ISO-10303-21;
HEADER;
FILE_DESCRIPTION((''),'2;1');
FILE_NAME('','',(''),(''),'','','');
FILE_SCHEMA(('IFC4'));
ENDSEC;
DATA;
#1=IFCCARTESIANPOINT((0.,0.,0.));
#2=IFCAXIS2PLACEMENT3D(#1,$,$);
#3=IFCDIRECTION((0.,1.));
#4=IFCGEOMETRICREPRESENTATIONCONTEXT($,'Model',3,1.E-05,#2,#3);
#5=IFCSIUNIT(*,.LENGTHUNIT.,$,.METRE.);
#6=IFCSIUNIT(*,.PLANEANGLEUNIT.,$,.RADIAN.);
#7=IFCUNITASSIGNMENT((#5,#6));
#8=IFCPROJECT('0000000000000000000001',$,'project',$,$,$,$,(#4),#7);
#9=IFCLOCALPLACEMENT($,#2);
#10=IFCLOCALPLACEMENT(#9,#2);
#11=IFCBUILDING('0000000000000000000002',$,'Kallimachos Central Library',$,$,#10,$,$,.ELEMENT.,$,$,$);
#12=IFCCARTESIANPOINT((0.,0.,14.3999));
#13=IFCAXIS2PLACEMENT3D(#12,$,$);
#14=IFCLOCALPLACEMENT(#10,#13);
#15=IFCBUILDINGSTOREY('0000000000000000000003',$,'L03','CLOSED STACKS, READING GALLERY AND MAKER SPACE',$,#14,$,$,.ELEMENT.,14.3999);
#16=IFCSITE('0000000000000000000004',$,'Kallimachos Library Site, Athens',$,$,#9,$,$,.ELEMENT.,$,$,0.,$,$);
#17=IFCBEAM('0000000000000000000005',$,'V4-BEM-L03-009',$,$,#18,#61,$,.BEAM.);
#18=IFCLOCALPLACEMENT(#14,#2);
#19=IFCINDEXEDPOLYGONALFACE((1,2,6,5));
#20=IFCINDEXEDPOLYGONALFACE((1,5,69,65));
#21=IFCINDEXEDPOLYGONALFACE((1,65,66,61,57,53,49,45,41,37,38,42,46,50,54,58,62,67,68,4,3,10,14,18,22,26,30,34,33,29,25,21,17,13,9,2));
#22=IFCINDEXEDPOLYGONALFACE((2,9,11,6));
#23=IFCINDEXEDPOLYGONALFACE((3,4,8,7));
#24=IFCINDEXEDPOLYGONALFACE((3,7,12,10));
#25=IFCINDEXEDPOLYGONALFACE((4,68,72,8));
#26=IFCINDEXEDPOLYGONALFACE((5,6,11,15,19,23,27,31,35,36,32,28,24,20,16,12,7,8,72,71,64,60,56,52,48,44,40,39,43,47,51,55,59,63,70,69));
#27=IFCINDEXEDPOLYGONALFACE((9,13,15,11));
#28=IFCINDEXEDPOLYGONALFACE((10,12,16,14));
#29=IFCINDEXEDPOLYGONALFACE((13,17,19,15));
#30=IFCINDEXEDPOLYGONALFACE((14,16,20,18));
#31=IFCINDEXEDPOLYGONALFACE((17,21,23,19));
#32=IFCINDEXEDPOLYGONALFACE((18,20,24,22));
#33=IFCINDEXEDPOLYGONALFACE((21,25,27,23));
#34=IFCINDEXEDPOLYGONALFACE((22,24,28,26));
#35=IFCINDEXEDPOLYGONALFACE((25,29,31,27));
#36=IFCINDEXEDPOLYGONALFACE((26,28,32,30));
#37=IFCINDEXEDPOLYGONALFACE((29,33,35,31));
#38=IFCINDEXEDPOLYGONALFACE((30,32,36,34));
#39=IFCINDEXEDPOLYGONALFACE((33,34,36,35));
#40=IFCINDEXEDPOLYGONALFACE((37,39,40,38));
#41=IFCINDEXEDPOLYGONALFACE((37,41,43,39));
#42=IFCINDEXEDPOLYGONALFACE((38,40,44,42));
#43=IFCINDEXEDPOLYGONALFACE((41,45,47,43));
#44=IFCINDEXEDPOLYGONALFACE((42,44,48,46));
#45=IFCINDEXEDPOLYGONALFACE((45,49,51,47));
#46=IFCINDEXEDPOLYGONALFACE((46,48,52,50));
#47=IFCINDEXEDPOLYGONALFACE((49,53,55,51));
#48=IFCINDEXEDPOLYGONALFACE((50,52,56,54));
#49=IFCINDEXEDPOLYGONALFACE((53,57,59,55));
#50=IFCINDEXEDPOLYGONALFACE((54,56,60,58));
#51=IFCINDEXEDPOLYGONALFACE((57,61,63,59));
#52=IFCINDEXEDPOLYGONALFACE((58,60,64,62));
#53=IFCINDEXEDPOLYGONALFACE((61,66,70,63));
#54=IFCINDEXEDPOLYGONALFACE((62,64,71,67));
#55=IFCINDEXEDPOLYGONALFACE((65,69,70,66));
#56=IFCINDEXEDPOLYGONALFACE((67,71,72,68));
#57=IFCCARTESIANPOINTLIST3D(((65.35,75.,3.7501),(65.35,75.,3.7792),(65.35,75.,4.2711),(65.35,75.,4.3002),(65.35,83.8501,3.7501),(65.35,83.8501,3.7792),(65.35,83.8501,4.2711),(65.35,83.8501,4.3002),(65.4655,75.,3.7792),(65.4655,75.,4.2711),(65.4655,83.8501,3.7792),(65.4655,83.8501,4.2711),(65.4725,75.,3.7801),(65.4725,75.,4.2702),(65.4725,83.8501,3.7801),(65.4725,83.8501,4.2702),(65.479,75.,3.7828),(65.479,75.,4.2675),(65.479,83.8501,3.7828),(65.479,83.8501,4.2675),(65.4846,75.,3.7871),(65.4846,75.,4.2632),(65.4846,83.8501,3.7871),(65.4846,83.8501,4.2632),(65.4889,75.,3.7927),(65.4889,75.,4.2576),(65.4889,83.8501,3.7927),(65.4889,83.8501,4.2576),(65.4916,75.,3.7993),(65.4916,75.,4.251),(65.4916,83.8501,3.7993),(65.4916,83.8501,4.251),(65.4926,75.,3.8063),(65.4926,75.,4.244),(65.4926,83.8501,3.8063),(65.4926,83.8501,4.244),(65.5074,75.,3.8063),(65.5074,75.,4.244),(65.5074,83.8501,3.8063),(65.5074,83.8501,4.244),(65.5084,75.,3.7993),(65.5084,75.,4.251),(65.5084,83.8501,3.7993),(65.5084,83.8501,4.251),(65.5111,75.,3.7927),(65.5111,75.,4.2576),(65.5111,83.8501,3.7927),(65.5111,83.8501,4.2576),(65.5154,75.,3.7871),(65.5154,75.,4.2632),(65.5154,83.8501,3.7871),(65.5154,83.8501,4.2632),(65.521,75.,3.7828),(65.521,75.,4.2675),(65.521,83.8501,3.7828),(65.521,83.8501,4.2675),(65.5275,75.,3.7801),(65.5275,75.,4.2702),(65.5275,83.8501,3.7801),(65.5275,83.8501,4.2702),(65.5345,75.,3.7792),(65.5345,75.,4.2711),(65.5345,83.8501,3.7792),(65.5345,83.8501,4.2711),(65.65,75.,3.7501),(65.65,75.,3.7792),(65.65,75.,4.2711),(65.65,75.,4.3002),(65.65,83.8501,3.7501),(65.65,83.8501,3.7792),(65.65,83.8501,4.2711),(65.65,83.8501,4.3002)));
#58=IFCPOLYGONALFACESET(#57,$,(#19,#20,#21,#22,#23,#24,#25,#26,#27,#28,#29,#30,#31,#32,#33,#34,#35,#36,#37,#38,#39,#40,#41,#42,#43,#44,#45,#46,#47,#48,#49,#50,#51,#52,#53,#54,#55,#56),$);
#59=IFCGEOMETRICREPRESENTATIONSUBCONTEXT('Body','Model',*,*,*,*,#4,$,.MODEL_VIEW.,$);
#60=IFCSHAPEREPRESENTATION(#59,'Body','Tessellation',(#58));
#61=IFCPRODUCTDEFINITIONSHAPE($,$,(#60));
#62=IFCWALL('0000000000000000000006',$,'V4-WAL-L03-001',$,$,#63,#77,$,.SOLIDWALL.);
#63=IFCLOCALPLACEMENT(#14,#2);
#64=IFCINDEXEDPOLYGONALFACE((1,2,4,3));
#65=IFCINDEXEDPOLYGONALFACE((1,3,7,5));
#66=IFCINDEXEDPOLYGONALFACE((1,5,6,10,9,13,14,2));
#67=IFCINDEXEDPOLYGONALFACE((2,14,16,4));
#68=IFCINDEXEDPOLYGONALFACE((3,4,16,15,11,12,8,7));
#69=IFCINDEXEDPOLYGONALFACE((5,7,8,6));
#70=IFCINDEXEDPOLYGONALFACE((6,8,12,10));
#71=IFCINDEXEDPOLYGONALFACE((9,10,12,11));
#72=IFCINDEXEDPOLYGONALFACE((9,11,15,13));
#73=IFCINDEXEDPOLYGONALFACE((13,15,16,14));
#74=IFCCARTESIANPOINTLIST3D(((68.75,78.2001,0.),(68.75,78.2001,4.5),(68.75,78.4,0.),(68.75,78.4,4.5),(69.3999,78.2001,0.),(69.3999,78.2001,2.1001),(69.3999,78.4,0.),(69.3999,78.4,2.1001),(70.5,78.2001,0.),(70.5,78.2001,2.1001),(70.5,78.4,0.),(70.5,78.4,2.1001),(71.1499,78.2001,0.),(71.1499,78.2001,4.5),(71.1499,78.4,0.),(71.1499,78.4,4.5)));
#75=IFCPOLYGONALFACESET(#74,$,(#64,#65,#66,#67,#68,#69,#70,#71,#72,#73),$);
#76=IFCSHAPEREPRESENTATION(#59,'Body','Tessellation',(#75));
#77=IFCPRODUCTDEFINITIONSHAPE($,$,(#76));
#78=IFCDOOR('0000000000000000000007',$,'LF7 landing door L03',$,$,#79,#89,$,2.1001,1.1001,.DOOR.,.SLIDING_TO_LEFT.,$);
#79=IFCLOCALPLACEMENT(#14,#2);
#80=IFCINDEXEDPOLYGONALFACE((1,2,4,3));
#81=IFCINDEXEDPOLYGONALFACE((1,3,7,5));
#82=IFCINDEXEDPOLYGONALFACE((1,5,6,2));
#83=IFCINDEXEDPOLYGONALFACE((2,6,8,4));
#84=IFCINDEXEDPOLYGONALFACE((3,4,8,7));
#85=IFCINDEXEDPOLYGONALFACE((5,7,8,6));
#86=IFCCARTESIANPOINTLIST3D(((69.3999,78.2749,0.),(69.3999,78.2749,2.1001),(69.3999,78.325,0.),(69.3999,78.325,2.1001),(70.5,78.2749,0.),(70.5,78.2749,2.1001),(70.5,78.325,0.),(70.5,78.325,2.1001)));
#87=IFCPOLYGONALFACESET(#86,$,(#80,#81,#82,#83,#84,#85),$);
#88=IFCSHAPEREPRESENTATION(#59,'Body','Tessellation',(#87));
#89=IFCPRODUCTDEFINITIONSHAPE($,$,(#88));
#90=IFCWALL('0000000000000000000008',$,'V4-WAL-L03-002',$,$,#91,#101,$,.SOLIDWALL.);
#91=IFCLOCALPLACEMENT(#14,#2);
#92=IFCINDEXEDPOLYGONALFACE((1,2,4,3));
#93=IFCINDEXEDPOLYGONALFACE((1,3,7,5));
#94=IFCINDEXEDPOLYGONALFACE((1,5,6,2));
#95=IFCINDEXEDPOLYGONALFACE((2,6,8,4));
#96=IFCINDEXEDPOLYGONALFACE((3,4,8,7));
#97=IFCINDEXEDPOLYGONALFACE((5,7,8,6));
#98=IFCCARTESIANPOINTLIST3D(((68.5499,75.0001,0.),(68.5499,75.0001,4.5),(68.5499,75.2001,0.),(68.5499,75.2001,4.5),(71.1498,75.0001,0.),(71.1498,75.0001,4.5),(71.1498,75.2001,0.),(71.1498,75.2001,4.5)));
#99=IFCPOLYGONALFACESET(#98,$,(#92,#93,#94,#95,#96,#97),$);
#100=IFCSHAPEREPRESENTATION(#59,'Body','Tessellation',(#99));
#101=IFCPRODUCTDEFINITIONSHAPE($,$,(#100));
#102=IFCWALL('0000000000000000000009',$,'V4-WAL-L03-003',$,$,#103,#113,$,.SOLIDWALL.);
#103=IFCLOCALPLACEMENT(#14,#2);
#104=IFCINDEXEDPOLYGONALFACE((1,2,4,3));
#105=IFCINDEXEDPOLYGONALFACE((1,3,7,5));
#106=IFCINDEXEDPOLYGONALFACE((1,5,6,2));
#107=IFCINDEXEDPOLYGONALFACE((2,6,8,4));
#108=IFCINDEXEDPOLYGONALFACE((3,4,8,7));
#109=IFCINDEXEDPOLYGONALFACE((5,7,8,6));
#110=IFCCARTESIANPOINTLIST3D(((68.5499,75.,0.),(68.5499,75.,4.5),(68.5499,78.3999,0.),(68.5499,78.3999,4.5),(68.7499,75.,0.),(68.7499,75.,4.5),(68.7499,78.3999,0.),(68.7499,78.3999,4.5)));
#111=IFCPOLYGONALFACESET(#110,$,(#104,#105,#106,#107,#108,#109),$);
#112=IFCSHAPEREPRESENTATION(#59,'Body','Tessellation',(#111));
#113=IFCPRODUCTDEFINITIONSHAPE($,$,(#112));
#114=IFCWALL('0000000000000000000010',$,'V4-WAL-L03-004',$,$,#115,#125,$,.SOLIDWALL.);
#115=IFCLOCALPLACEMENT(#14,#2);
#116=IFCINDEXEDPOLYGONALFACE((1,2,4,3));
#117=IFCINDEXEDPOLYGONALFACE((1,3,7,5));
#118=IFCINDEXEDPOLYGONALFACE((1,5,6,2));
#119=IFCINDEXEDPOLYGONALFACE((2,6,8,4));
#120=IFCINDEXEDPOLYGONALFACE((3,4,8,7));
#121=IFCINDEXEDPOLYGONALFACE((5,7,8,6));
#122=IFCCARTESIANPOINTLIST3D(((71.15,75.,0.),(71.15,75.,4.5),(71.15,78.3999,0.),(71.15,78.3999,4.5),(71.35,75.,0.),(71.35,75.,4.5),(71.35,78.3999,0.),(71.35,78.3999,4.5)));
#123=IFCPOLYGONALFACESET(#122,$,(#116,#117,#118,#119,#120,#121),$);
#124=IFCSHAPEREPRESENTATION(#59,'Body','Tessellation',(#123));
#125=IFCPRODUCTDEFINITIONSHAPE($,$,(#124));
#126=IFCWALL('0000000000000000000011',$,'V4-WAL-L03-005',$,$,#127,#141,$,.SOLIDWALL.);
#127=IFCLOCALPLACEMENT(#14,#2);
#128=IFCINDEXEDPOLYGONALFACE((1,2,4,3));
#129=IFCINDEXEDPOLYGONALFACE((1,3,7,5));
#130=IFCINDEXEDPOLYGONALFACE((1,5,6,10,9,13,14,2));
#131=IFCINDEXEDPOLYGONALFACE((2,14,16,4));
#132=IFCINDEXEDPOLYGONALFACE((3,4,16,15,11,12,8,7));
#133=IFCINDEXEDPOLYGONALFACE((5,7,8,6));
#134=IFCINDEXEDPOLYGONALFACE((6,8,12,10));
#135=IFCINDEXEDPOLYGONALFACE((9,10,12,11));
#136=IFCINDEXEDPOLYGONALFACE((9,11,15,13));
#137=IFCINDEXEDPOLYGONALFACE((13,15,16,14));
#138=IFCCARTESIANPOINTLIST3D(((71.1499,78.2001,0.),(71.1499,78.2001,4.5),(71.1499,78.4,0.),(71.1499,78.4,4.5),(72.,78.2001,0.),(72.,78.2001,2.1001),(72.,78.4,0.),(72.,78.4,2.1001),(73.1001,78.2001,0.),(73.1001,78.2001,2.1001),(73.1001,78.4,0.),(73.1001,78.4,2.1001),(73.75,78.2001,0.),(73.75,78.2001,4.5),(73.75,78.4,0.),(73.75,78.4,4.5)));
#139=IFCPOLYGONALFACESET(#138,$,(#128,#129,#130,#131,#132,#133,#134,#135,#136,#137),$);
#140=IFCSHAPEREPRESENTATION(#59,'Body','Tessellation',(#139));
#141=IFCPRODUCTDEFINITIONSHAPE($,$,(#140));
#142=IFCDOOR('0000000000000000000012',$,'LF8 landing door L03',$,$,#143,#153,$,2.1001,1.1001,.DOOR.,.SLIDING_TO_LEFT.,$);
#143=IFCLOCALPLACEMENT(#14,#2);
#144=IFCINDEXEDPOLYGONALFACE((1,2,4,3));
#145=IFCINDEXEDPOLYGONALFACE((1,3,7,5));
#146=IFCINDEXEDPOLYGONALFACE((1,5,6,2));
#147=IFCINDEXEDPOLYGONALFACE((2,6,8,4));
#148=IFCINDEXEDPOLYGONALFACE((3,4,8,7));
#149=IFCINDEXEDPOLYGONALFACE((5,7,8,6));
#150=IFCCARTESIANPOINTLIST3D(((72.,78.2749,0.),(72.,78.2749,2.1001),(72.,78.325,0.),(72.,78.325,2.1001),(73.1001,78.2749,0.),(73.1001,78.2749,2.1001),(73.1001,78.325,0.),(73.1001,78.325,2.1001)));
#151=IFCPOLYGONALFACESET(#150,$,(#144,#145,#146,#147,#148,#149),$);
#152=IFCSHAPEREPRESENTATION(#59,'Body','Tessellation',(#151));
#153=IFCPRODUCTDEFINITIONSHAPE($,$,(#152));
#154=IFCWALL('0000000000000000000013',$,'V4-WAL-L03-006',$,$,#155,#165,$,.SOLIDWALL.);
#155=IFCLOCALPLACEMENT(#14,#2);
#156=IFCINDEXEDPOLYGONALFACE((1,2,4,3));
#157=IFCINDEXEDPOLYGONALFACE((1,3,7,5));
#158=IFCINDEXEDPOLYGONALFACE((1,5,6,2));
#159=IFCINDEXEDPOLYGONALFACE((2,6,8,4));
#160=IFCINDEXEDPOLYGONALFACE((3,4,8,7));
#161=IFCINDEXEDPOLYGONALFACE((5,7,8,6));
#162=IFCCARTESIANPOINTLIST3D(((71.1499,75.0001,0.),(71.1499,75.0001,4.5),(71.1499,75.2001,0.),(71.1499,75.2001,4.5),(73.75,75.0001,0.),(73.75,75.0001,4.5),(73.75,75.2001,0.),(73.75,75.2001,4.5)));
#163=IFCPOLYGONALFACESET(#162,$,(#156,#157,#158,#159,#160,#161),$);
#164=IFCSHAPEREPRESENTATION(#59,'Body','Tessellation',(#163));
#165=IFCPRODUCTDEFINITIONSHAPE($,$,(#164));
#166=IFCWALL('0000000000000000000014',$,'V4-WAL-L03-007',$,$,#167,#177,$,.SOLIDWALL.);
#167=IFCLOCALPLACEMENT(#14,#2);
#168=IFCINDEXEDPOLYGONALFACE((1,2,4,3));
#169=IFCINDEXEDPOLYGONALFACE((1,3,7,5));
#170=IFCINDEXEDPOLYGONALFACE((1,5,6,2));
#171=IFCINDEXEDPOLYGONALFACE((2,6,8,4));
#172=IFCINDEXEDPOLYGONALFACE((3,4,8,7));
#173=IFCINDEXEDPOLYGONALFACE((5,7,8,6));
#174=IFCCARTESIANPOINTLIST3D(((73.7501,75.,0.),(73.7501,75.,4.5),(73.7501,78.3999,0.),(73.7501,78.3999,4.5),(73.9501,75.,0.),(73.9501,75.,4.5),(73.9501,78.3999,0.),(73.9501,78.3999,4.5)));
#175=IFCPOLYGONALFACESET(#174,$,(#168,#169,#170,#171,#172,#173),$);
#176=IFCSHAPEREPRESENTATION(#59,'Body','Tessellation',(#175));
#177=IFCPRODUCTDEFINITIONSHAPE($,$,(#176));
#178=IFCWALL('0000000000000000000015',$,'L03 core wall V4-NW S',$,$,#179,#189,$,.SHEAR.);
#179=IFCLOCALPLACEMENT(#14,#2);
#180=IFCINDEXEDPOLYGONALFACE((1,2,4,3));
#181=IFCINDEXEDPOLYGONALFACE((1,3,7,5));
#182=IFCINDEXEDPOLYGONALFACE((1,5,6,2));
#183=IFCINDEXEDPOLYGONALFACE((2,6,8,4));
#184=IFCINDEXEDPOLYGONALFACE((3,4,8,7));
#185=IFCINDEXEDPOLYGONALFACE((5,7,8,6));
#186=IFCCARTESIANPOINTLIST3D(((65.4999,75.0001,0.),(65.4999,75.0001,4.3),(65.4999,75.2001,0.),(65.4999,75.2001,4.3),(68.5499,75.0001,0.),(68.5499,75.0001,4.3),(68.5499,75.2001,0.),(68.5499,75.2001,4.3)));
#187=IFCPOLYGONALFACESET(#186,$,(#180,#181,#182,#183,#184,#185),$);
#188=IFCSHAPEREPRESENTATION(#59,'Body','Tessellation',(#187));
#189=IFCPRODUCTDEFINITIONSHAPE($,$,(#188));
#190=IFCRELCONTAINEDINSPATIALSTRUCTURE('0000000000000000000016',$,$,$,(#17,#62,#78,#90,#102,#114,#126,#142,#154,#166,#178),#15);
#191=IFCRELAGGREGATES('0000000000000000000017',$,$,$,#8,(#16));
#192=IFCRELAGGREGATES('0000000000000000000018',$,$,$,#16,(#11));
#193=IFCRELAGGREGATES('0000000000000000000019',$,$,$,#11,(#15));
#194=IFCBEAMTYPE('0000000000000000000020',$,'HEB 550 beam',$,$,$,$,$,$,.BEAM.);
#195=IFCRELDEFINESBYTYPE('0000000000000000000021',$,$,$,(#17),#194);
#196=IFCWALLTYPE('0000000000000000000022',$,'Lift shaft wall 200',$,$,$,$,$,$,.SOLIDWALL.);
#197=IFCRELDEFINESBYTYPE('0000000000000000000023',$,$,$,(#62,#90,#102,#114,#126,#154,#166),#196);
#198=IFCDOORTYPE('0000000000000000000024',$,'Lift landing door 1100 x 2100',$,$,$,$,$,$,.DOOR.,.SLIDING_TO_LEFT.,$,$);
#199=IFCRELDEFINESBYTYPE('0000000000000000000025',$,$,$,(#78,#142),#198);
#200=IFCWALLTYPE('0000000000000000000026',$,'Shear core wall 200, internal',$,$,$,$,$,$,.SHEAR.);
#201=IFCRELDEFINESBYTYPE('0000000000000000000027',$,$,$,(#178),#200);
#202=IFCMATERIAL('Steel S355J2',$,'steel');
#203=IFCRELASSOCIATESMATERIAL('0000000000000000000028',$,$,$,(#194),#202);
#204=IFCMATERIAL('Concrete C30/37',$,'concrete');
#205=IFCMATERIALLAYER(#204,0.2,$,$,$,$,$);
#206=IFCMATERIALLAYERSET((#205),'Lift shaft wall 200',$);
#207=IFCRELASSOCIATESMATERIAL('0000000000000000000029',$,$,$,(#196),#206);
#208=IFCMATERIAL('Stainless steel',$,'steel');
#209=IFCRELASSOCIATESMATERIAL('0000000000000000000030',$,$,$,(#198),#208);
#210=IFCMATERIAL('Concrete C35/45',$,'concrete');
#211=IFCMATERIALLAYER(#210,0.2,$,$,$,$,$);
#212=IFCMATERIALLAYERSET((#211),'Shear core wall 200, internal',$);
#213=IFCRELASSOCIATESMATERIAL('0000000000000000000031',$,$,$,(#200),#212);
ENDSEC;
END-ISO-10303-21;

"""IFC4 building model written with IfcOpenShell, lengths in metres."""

from ifc_helpers import new_model, si_unit, direction, frame, frame_2d, origin, origin_2d, place, context, subcontext, project, spatial, rectangle, i_section, extrude, material, layer, layer_set, material_profile, profile_set, type_object, element, fill, save


model = new_model("IFC4")

# Units and contexts
model_context = context("Model", 3, precision=1e-05, world=origin(), true_north=direction((0.0, 1.0)))
body_context = subcontext(model_context, "Body", "Model", "MODEL_VIEW")
ifc_project = project(units=[si_unit("LENGTHUNIT", "METRE"), si_unit("PLANEANGLEUNIT", "RADIAN")], contexts=[model_context])

# Site, building, storey
site_placement = place(None, origin())
site = spatial("IfcSite", under=ifc_project, at=site_placement, Name="Kallimachos Library Site, Athens", CompositionType="ELEMENT", RefElevation=0.0)
building_placement = place(site_placement, origin())
building = spatial("IfcBuilding", under=site, at=building_placement, Name="Kallimachos Central Library", CompositionType="ELEMENT")
storey_placement = place(building_placement, frame((0.0, 0.0, 14.3999)))
storey = spatial("IfcBuildingStorey", under=building, at=storey_placement, Name="L03", Description="CLOSED STACKS, READING GALLERY AND MAKER SPACE", CompositionType="ELEMENT", Elevation=14.3999)

# Beam
ifc_material_1 = material(Name="Steel S355J2", Category="steel")
ifc_material_profile_1 = material_profile(ifc_material_1, i_section(OverallWidth=0.3, OverallDepth=0.55, WebThickness=0.0149, FlangeThickness=0.0291, FilletRadius=0.0271, at=origin_2d()), Name="HEB 550")
ifc_profile_set_1 = profile_set([ifc_material_profile_1], Name="Steel S355J2")
beam_type = type_object("IfcBeamType", Name="HEB 550 beam", PredefinedType="BEAM", material=ifc_profile_set_1)
beam_placement = place(storey_placement, frame((65.5, 75.0, 4.0251), z_axis=(0.0, 1.0, 0.0), x_axis=(-1.0, 0.0, 0.0)))
element("IfcBeam", 1, at=beam_placement, inside=storey, type_object=beam_type, Name="V4-BEM-L03-009", PredefinedType="BEAM", context=body_context, shape_type="SweptSolid", body=[
    extrude(i_section(OverallWidth=0.3, OverallDepth=0.55, WebThickness=0.0149, FlangeThickness=0.0291, FilletRadius=0.0271, at=origin_2d()), origin(), (0.0, 0.0, 1.0), 8.8501),
])

# Wall, opening, door
ifc_material_2 = material(Name="Concrete C30/37", Category="concrete")
ifc_layer_1 = layer(ifc_material_2, 0.2)
ifc_layer_set_1 = layer_set([ifc_layer_1], Name="Lift shaft wall 200")
wall_type_1 = type_object("IfcWallType", Name="Lift shaft wall 200", PredefinedType="SOLIDWALL", material=ifc_layer_set_1)
wall_1_placement = place(storey_placement, frame((68.75, 78.3, 0.0), z_axis=(0.0, 0.0, 1.0), x_axis=(1.0, 0.0, 0.0)))
wall_1 = element("IfcWall", 2, at=wall_1_placement, inside=storey, type_object=wall_type_1, Name="V4-WAL-L03-001", PredefinedType="SOLIDWALL", context=body_context, shape_type="SweptSolid", body=[
    extrude(rectangle(XDim=2.3999, YDim=0.2, at=frame_2d((1.2, 0.0))), origin(), (0.0, 0.0, 1.0), 4.5),
])
opening_1_placement = place(wall_1_placement, frame((0.6499, 0.0, 0.0)))
opening_1 = element("IfcOpeningElement", 3, at=opening_1_placement, cuts=wall_1, PredefinedType="OPENING", context=body_context, shape_type="SweptSolid", body=[
    extrude(rectangle(XDim=1.1001, YDim=2.1001, at=frame_2d((0.55, 1.05))), frame((0.0, 0.1099, 0.0), z_axis=(0.0, -1.0, 0.0), x_axis=(1.0, 0.0, 0.0)), (0.0, 0.0, 1.0), 0.22),
])
ifc_material_3 = material(Name="Stainless steel", Category="steel")
door_type_1 = type_object("IfcDoorType", Name="Lift landing door 1100 x 2100", OperationType="SLIDING_TO_LEFT", PredefinedType="DOOR", material=ifc_material_3)
door_1_placement = place(opening_1_placement, origin())
door_1 = element("IfcDoor", 4, at=door_1_placement, inside=storey, type_object=door_type_1, Name="LF7 landing door L03", OperationType="SLIDING_TO_LEFT", OverallHeight=2.1001, OverallWidth=1.1001, PredefinedType="DOOR", context=body_context, shape_type="SweptSolid", body=[
    extrude(rectangle(XDim=1.1001, YDim=2.1001, at=frame_2d((0.55, 1.05))), frame((0.0, 0.0249, 0.0), z_axis=(0.0, -1.0, 0.0), x_axis=(1.0, 0.0, 0.0)), (0.0, 0.0, 1.0), 0.05),
])
fill(opening_1, door_1)

# Walls
wall_2_placement = place(storey_placement, frame((68.55, 75.1001, 0.0), z_axis=(0.0, 0.0, 1.0), x_axis=(1.0, 0.0, 0.0)))
element("IfcWall", 5, at=wall_2_placement, inside=storey, type_object=wall_type_1, Name="V4-WAL-L03-002", PredefinedType="SOLIDWALL", context=body_context, shape_type="SweptSolid", body=[
    extrude(rectangle(XDim=2.5999, YDim=0.2, at=frame_2d((1.2998, 0.0))), origin(), (0.0, 0.0, 1.0), 4.5),
])
for number, where, z_axis, x_axis, name in (
    (6, (68.6499, 75.0, 0.0), (0.0, 0.0, 1.0), (0.0, 1.0, 0.0), "V4-WAL-L03-003"),
    (7, (71.25, 75.0, 0.0), (0.0, 0.0, 1.0), (0.0, 1.0, 0.0), "V4-WAL-L03-004"),
):
    element("IfcWall", number, at=place(storey_placement, frame(where, z_axis=z_axis, x_axis=x_axis)), inside=storey, type_object=wall_type_1, Name=name, PredefinedType="SOLIDWALL", context=body_context, shape_type="SweptSolid", body=[
        extrude(rectangle(XDim=3.3999, YDim=0.2, at=frame_2d((1.7, 0.0))), origin(), (0.0, 0.0, 1.0), 4.5),
    ])

# Wall, opening, door
wall_3_placement = place(storey_placement, frame((71.1499, 78.3, 0.0), z_axis=(0.0, 0.0, 1.0), x_axis=(1.0, 0.0, 0.0)))
wall_3 = element("IfcWall", 8, at=wall_3_placement, inside=storey, type_object=wall_type_1, Name="V4-WAL-L03-005", PredefinedType="SOLIDWALL", context=body_context, shape_type="SweptSolid", body=[
    extrude(rectangle(XDim=2.6001, YDim=0.2, at=frame_2d((1.3, 0.0))), origin(), (0.0, 0.0, 1.0), 4.5),
])
opening_2_placement = place(wall_3_placement, frame((0.8501, 0.0, 0.0)))
opening_2 = element("IfcOpeningElement", 9, at=opening_2_placement, cuts=wall_3, PredefinedType="OPENING", context=body_context, shape_type="SweptSolid", body=[
    extrude(rectangle(XDim=1.1001, YDim=2.1001, at=frame_2d((0.55, 1.05))), frame((0.0, 0.1099, 0.0), z_axis=(0.0, -1.0, 0.0), x_axis=(1.0, 0.0, 0.0)), (0.0, 0.0, 1.0), 0.22),
])
door_2_placement = place(opening_2_placement, origin())
door_2 = element("IfcDoor", 10, at=door_2_placement, inside=storey, type_object=door_type_1, Name="LF8 landing door L03", OperationType="SLIDING_TO_LEFT", OverallHeight=2.1001, OverallWidth=1.1001, PredefinedType="DOOR", context=body_context, shape_type="SweptSolid", body=[
    extrude(rectangle(XDim=1.1001, YDim=2.1001, at=frame_2d((0.55, 1.05))), frame((0.0, 0.0249, 0.0), z_axis=(0.0, -1.0, 0.0), x_axis=(1.0, 0.0, 0.0)), (0.0, 0.0, 1.0), 0.05),
])
fill(opening_2, door_2)

# Walls
wall_4_placement = place(storey_placement, frame((71.1499, 75.1001, 0.0), z_axis=(0.0, 0.0, 1.0), x_axis=(1.0, 0.0, 0.0)))
element("IfcWall", 11, at=wall_4_placement, inside=storey, type_object=wall_type_1, Name="V4-WAL-L03-006", PredefinedType="SOLIDWALL", context=body_context, shape_type="SweptSolid", body=[
    extrude(rectangle(XDim=2.6001, YDim=0.2, at=frame_2d((1.3, 0.0))), origin(), (0.0, 0.0, 1.0), 4.5),
])
wall_5_placement = place(storey_placement, frame((73.8501, 75.0, 0.0), z_axis=(0.0, 0.0, 1.0), x_axis=(0.0, 1.0, 0.0)))
element("IfcWall", 12, at=wall_5_placement, inside=storey, type_object=wall_type_1, Name="V4-WAL-L03-007", PredefinedType="SOLIDWALL", context=body_context, shape_type="SweptSolid", body=[
    extrude(rectangle(XDim=3.3999, YDim=0.2, at=frame_2d((1.7, 0.0))), origin(), (0.0, 0.0, 1.0), 4.5),
])
ifc_material_4 = material(Name="Concrete C35/45", Category="concrete")
ifc_layer_2 = layer(ifc_material_4, 0.2)
ifc_layer_set_2 = layer_set([ifc_layer_2], Name="Shear core wall 200, internal")
wall_type_2 = type_object("IfcWallType", Name="Shear core wall 200, internal", PredefinedType="SHEAR", material=ifc_layer_set_2)
wall_6_placement = place(storey_placement, frame((65.5, 75.1001, 0.0), z_axis=(0.0, 0.0, 1.0), x_axis=(1.0, 0.0, 0.0)))
element("IfcWall", 13, at=wall_6_placement, inside=storey, type_object=wall_type_2, Name="L03 core wall V4-NW S", PredefinedType="SHEAR", context=body_context, shape_type="SweptSolid", body=[
    extrude(rectangle(XDim=3.05, YDim=0.2, at=frame_2d((1.5249, 0.0))), origin(), (0.0, 0.0, 1.0), 4.3),
])

save(model, "model.ifc")
